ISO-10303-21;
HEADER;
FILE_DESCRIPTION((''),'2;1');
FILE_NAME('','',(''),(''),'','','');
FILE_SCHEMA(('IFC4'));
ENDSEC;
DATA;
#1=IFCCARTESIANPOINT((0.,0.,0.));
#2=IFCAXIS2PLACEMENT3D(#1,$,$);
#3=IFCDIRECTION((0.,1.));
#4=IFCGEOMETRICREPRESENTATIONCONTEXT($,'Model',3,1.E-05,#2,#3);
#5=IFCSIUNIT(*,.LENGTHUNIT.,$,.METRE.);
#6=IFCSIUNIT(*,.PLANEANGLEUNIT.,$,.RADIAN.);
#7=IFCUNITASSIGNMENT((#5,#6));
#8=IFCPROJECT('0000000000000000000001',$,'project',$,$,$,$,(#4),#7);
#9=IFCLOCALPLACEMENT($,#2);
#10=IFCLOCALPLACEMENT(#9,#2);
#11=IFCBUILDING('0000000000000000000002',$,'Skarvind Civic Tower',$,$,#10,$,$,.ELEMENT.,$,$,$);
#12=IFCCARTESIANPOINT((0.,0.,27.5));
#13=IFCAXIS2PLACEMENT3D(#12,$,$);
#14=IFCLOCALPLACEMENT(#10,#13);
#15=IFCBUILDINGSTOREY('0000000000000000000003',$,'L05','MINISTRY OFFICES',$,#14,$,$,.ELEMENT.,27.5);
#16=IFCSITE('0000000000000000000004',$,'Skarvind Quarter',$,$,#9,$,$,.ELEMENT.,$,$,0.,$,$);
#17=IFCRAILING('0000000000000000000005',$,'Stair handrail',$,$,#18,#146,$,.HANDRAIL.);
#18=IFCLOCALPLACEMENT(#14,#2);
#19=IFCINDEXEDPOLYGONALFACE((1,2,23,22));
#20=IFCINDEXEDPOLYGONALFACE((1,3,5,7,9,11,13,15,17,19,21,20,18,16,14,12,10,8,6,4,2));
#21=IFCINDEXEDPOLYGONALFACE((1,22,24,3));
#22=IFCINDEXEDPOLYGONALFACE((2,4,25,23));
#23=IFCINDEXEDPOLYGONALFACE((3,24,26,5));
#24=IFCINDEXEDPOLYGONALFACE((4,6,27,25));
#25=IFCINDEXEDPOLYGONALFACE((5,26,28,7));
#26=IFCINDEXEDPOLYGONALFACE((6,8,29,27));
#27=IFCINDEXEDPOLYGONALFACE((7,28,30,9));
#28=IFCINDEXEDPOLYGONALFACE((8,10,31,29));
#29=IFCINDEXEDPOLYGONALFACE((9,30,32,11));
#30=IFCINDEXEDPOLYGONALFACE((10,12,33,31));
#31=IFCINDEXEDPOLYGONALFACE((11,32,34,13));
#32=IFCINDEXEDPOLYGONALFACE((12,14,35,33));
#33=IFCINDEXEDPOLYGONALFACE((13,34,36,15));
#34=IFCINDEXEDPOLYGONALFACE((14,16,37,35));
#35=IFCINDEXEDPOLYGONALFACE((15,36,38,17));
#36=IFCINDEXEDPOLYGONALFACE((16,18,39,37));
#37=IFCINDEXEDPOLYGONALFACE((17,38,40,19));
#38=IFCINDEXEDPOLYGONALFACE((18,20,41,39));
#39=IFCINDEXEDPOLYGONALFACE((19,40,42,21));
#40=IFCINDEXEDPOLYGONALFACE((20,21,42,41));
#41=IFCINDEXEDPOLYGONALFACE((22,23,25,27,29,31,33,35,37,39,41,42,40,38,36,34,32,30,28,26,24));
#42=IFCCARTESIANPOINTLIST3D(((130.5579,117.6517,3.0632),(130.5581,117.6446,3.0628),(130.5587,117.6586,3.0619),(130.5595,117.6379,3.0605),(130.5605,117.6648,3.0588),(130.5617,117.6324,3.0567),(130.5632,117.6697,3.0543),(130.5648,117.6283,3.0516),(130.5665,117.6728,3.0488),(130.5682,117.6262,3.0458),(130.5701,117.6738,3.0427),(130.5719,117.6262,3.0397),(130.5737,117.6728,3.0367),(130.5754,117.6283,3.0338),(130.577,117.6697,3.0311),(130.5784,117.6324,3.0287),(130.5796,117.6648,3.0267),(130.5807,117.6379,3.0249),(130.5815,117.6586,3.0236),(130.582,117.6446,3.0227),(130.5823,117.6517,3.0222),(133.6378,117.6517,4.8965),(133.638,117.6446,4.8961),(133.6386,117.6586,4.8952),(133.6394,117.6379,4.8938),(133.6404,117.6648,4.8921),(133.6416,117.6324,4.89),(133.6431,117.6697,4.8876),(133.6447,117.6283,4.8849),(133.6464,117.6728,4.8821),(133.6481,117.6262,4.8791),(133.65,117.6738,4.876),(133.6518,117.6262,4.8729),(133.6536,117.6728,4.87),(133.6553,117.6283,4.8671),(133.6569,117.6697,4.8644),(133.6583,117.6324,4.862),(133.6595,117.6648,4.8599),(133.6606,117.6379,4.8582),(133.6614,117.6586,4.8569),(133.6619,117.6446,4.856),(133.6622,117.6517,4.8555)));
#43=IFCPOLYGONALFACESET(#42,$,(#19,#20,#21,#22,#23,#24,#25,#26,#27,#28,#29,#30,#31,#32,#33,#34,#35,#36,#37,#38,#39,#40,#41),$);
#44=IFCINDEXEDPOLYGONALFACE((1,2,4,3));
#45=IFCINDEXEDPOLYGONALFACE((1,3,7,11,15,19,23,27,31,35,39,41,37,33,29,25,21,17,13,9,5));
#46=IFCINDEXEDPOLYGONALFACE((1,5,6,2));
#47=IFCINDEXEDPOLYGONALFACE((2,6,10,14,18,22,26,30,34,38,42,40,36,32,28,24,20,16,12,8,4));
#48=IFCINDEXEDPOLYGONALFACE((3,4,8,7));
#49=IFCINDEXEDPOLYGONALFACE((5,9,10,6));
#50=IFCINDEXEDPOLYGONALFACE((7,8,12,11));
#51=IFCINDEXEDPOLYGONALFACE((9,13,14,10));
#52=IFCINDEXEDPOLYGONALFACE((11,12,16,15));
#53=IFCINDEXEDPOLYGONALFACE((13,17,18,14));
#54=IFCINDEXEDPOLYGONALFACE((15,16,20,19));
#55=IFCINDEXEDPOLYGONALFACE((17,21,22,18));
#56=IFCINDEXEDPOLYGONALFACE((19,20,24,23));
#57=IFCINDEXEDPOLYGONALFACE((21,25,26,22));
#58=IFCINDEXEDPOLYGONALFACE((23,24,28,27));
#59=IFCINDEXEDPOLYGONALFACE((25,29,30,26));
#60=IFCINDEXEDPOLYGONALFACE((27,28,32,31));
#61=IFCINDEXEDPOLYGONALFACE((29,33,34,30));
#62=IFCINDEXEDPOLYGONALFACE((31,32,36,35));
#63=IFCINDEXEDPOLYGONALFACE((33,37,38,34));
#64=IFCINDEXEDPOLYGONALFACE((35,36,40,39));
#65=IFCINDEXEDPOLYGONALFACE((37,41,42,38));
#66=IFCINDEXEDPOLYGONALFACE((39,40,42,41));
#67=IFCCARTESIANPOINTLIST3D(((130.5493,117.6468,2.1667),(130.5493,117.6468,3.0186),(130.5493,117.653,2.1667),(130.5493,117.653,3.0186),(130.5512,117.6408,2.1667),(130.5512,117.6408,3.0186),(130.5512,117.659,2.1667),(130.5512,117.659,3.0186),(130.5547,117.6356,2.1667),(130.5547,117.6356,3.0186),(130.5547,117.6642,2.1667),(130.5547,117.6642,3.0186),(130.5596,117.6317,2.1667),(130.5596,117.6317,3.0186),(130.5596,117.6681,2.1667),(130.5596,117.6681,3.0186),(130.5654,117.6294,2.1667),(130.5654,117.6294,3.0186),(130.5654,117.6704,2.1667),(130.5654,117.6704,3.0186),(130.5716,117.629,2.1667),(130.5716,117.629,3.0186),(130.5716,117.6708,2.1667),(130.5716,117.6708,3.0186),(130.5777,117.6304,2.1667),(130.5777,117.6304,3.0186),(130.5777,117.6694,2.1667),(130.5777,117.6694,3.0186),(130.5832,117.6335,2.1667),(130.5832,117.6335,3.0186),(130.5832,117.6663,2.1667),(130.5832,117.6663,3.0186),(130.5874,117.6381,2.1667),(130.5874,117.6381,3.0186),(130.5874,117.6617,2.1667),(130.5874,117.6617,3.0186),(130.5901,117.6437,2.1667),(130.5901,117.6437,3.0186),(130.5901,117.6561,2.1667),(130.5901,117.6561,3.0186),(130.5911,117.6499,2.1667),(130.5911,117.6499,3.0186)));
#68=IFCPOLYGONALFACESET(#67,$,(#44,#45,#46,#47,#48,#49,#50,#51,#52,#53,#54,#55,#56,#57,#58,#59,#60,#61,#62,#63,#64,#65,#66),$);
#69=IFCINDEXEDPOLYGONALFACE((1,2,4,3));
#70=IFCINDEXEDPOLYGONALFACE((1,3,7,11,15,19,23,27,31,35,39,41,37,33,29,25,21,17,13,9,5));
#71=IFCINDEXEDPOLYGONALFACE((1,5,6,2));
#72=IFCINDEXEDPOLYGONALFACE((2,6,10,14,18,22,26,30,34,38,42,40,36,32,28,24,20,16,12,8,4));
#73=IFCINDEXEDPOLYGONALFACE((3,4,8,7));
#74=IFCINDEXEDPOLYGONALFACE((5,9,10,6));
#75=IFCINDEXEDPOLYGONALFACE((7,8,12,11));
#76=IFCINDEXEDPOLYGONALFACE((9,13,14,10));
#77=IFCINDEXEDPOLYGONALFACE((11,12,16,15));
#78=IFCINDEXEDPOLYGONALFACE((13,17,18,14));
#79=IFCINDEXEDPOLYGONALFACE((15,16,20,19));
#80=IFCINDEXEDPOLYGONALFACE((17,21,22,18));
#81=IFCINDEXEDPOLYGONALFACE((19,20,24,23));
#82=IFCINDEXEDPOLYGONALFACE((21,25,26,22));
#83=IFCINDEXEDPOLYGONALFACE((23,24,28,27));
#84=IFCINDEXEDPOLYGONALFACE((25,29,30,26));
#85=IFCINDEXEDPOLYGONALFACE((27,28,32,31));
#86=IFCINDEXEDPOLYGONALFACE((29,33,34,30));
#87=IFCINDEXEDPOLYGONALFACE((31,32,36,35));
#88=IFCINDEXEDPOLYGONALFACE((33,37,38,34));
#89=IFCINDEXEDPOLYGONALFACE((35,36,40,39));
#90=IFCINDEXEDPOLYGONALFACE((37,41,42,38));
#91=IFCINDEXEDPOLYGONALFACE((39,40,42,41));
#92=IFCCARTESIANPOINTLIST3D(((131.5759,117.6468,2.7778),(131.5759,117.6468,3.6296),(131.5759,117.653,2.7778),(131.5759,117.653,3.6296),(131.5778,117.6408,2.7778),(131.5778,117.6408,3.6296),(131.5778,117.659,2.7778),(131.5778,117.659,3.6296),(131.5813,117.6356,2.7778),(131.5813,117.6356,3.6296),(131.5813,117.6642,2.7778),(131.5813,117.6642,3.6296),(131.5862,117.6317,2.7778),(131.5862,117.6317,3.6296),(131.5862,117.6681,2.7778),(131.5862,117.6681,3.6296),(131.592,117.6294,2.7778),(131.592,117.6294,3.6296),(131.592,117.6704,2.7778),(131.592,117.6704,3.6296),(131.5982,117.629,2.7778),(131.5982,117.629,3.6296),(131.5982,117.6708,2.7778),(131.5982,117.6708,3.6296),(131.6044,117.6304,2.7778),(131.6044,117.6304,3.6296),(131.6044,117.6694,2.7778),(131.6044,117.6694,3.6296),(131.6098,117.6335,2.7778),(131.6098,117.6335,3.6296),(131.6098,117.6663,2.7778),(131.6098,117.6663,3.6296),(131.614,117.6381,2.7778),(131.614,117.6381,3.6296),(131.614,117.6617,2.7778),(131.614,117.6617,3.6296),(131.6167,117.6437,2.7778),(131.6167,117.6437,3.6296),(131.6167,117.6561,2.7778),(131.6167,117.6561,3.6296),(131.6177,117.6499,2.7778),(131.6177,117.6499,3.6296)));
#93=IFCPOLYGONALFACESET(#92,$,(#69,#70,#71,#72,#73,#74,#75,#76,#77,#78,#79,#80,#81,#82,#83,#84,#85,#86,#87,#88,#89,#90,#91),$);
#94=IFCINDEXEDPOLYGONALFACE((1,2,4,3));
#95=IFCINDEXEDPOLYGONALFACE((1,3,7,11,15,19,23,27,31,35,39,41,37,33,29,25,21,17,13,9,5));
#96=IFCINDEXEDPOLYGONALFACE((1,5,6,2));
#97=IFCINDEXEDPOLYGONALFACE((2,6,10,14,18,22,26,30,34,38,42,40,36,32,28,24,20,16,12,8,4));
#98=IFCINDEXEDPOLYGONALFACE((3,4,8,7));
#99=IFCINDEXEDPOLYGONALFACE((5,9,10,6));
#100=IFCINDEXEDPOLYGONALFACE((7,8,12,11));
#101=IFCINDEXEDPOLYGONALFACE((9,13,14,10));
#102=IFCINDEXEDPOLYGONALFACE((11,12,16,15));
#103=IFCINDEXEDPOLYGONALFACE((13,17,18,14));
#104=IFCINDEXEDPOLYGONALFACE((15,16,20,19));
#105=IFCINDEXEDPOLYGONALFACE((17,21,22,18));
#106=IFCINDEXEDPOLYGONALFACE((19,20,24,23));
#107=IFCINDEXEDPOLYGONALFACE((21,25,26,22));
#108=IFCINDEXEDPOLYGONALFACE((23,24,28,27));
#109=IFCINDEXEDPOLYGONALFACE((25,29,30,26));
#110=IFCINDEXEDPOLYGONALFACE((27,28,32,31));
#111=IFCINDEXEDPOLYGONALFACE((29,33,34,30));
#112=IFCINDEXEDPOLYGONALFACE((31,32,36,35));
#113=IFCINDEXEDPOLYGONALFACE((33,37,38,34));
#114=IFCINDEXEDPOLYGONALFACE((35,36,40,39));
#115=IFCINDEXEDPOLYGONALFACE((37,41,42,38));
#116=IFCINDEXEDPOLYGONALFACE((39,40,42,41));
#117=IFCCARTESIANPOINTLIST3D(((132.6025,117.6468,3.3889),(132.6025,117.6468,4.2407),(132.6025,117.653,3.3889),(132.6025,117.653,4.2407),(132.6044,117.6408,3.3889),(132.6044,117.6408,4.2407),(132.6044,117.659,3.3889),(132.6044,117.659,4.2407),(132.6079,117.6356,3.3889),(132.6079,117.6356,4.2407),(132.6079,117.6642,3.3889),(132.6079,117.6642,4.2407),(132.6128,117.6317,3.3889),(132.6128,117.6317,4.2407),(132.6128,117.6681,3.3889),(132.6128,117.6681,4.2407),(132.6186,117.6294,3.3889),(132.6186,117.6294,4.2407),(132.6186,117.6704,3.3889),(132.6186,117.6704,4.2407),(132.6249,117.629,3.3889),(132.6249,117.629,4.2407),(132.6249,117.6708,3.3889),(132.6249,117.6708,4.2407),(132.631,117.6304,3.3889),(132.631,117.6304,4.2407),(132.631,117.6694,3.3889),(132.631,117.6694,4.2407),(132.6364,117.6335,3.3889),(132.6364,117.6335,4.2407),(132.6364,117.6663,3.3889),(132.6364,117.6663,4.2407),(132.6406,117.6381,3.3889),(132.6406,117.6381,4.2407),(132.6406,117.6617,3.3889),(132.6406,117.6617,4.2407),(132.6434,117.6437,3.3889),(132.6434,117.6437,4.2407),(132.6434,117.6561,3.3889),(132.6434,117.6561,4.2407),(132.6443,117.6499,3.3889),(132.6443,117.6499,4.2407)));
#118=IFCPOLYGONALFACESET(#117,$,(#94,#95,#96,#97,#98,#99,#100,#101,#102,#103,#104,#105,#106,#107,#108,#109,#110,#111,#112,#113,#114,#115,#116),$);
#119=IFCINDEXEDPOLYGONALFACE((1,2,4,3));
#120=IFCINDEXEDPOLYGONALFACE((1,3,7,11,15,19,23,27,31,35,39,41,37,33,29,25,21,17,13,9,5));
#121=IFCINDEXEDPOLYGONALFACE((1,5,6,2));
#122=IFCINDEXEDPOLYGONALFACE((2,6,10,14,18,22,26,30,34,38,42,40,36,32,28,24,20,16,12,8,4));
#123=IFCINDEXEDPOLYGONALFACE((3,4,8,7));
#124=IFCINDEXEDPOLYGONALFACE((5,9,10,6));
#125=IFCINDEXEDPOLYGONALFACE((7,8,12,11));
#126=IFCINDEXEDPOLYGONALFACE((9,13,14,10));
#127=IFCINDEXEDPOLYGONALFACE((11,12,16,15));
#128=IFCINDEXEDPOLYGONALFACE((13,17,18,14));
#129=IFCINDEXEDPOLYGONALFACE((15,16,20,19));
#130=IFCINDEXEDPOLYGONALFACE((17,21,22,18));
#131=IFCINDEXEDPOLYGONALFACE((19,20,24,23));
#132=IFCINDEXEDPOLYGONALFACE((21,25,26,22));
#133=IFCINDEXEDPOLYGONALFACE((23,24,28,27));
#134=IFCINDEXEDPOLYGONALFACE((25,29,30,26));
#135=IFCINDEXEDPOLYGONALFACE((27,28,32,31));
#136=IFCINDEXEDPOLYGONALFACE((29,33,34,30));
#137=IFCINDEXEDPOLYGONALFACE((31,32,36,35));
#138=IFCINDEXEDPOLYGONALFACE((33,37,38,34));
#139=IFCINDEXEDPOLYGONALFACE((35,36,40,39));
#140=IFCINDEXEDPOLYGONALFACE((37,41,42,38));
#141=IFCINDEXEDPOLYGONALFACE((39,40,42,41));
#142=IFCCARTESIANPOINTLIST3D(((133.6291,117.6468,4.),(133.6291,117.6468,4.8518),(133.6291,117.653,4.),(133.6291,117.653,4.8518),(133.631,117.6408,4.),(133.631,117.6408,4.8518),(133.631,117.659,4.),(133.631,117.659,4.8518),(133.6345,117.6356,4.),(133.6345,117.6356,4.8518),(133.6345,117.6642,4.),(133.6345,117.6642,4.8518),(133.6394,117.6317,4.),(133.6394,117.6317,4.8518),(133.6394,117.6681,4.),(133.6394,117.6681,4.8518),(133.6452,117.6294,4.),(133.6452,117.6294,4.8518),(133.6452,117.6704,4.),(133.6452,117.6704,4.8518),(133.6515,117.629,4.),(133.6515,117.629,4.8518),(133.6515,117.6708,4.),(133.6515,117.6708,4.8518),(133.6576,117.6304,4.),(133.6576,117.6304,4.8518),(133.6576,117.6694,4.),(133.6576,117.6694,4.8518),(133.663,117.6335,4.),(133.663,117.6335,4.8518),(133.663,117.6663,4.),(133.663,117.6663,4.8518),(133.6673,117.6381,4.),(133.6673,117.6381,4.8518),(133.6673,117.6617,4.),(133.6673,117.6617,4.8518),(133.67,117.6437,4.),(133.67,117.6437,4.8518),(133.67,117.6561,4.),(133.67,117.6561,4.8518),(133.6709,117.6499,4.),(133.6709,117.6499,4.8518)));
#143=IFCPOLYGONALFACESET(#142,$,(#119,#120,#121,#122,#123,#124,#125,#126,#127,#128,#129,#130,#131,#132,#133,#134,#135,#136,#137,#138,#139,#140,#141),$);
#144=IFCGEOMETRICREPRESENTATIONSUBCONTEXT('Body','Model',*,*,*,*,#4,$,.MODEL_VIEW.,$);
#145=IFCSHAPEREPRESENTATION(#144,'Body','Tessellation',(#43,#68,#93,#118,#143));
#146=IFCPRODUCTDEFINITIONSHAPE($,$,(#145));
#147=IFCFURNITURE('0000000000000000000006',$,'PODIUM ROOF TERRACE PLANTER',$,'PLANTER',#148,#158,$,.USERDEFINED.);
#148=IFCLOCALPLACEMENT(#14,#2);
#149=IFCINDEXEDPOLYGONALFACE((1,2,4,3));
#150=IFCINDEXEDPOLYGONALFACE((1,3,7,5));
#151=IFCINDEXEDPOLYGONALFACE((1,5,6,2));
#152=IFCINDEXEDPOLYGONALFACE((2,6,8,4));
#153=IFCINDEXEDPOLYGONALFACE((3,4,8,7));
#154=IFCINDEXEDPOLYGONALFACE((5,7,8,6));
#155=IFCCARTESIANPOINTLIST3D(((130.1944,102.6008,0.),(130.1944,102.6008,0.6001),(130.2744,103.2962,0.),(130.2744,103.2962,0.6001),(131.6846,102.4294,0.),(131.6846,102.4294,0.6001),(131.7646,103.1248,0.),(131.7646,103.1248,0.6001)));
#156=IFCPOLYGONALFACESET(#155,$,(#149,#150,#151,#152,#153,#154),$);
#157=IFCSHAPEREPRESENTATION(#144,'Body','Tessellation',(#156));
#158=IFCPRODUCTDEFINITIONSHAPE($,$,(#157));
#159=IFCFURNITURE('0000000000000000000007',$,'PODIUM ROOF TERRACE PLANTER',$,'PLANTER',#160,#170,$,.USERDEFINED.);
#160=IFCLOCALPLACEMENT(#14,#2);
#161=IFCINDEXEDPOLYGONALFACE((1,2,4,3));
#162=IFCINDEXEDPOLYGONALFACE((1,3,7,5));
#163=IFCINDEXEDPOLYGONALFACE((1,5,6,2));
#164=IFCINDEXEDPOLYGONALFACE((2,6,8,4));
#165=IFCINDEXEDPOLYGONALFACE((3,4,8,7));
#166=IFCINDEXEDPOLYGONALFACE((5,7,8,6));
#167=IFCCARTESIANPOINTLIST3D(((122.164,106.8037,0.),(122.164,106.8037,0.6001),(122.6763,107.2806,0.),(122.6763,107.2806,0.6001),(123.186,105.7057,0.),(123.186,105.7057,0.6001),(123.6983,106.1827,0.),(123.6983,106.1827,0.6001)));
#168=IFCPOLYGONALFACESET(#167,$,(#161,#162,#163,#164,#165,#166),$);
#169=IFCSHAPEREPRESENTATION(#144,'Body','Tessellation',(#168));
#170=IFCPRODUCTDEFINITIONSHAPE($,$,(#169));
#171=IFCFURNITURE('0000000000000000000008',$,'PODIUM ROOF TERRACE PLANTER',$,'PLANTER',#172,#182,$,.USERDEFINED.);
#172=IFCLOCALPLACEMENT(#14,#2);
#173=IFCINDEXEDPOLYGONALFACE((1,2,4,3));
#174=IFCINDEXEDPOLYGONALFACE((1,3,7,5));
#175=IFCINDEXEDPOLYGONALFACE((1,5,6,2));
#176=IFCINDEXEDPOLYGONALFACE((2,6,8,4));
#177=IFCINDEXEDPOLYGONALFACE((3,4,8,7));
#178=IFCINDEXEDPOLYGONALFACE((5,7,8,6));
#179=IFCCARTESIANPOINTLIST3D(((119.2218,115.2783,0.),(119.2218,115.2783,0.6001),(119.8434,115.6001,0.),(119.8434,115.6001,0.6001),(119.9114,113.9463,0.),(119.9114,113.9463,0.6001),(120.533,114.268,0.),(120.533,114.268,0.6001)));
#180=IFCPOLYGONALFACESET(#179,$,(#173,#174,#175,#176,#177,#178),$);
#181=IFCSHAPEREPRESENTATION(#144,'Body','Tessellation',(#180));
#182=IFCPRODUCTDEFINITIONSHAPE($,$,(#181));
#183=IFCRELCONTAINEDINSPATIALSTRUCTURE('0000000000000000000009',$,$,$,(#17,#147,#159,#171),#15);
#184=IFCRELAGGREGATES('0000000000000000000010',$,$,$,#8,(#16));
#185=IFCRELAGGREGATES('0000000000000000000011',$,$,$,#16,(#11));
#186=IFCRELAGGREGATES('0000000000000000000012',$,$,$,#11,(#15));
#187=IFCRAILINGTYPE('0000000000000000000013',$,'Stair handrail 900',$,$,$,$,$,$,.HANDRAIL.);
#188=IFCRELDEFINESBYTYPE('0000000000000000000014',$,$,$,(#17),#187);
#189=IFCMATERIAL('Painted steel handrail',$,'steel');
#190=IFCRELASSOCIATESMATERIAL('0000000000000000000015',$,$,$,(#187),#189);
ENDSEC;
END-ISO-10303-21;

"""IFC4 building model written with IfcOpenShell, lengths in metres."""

from ifc_helpers import new_model, si_unit, direction, frame, origin, origin_2d, place, context, subcontext, project, spatial, rectangle, circle, extrude, material, type_object, element, save


model = new_model("IFC4")

# Units and contexts
model_context = context("Model", 3, precision=1e-05, world=origin(), true_north=direction((0.0, 1.0)))
body_context = subcontext(model_context, "Body", "Model", "MODEL_VIEW")
ifc_project = project(units=[si_unit("LENGTHUNIT", "METRE"), si_unit("PLANEANGLEUNIT", "RADIAN")], contexts=[model_context])

# Site, building, storey
site_placement = place(None, origin())
site = spatial("IfcSite", under=ifc_project, at=site_placement, Name="Skarvind Quarter", CompositionType="ELEMENT", RefElevation=0.0)
building_placement = place(site_placement, origin())
building = spatial("IfcBuilding", under=site, at=building_placement, Name="Skarvind Civic Tower", CompositionType="ELEMENT")
storey_placement = place(building_placement, frame((0.0, 0.0, 27.5)))
storey = spatial("IfcBuildingStorey", under=building, at=storey_placement, Name="L05", Description="MINISTRY OFFICES", CompositionType="ELEMENT", Elevation=27.5)

# Railing
ifc_material_1 = material(Name="Painted steel handrail", Category="steel")
railing_type_1 = type_object("IfcRailingType", Name="Stair handrail 900", PredefinedType="HANDRAIL", material=ifc_material_1)
railing_1_placement = place(storey_placement, frame((130.5701, 117.6499, 2.1667)))
element("IfcRailing", 1, at=railing_1_placement, inside=storey, type_object=railing_type_1, Name="Stair handrail", PredefinedType="HANDRAIL", context=body_context, shape_type="SweptSolid", body=[
    extrude(circle(Radius=0.0239, at=origin_2d()), frame((0.0, 0.0, 0.876), z_axis=(0.859291, 0.0, 0.511487), x_axis=(0.0, 1.0, 0.0)), (0.0, 0.0, 1.0), 3.5842),
    extrude(circle(Radius=0.021, at=origin_2d()), origin(), (0.0, 0.0, 1.0), 0.8518),
    extrude(circle(Radius=0.021, at=origin_2d()), frame((1.0266, 0.0, 0.6111)), (0.0, 0.0, 1.0), 0.8518),
    extrude(circle(Radius=0.021, at=origin_2d()), frame((2.0532, 0.0, 1.2222)), (0.0, 0.0, 1.0), 0.8518),
    extrude(circle(Radius=0.021, at=origin_2d()), frame((3.0798, 0.0, 1.8333)), (0.0, 0.0, 1.0), 0.8518),
])

# Furniture
for number, where, z_axis, x_axis, name in (
    (2, (130.9795, 102.8628, 0.0), (0.0, 0.0, 1.0), (-0.993453, 0.114244, 0.0), "PODIUM ROOF TERRACE PLANTER"),
    (3, (122.9312, 106.4932, 0.0), (0.0, 0.0, 1.0), (-0.68136, 0.731949, 0.0), "PODIUM ROOF TERRACE PLANTER"),
    (4, (119.8774, 114.7732, 0.0), (0.0, 0.0, 1.0), (-0.459735, 0.888056, 0.0), "PODIUM ROOF TERRACE PLANTER"),
):
    element("IfcFurniture", number, at=place(storey_placement, frame(where, z_axis=z_axis, x_axis=x_axis)), inside=storey, Name=name, ObjectType="PLANTER", PredefinedType="USERDEFINED", context=body_context, shape_type="SweptSolid", body=[
        extrude(rectangle(XDim=1.5, YDim=0.7, at=origin_2d()), origin(), (0.0, 0.0, 1.0), 0.6001),
    ])

save(model, "model.ifc")
